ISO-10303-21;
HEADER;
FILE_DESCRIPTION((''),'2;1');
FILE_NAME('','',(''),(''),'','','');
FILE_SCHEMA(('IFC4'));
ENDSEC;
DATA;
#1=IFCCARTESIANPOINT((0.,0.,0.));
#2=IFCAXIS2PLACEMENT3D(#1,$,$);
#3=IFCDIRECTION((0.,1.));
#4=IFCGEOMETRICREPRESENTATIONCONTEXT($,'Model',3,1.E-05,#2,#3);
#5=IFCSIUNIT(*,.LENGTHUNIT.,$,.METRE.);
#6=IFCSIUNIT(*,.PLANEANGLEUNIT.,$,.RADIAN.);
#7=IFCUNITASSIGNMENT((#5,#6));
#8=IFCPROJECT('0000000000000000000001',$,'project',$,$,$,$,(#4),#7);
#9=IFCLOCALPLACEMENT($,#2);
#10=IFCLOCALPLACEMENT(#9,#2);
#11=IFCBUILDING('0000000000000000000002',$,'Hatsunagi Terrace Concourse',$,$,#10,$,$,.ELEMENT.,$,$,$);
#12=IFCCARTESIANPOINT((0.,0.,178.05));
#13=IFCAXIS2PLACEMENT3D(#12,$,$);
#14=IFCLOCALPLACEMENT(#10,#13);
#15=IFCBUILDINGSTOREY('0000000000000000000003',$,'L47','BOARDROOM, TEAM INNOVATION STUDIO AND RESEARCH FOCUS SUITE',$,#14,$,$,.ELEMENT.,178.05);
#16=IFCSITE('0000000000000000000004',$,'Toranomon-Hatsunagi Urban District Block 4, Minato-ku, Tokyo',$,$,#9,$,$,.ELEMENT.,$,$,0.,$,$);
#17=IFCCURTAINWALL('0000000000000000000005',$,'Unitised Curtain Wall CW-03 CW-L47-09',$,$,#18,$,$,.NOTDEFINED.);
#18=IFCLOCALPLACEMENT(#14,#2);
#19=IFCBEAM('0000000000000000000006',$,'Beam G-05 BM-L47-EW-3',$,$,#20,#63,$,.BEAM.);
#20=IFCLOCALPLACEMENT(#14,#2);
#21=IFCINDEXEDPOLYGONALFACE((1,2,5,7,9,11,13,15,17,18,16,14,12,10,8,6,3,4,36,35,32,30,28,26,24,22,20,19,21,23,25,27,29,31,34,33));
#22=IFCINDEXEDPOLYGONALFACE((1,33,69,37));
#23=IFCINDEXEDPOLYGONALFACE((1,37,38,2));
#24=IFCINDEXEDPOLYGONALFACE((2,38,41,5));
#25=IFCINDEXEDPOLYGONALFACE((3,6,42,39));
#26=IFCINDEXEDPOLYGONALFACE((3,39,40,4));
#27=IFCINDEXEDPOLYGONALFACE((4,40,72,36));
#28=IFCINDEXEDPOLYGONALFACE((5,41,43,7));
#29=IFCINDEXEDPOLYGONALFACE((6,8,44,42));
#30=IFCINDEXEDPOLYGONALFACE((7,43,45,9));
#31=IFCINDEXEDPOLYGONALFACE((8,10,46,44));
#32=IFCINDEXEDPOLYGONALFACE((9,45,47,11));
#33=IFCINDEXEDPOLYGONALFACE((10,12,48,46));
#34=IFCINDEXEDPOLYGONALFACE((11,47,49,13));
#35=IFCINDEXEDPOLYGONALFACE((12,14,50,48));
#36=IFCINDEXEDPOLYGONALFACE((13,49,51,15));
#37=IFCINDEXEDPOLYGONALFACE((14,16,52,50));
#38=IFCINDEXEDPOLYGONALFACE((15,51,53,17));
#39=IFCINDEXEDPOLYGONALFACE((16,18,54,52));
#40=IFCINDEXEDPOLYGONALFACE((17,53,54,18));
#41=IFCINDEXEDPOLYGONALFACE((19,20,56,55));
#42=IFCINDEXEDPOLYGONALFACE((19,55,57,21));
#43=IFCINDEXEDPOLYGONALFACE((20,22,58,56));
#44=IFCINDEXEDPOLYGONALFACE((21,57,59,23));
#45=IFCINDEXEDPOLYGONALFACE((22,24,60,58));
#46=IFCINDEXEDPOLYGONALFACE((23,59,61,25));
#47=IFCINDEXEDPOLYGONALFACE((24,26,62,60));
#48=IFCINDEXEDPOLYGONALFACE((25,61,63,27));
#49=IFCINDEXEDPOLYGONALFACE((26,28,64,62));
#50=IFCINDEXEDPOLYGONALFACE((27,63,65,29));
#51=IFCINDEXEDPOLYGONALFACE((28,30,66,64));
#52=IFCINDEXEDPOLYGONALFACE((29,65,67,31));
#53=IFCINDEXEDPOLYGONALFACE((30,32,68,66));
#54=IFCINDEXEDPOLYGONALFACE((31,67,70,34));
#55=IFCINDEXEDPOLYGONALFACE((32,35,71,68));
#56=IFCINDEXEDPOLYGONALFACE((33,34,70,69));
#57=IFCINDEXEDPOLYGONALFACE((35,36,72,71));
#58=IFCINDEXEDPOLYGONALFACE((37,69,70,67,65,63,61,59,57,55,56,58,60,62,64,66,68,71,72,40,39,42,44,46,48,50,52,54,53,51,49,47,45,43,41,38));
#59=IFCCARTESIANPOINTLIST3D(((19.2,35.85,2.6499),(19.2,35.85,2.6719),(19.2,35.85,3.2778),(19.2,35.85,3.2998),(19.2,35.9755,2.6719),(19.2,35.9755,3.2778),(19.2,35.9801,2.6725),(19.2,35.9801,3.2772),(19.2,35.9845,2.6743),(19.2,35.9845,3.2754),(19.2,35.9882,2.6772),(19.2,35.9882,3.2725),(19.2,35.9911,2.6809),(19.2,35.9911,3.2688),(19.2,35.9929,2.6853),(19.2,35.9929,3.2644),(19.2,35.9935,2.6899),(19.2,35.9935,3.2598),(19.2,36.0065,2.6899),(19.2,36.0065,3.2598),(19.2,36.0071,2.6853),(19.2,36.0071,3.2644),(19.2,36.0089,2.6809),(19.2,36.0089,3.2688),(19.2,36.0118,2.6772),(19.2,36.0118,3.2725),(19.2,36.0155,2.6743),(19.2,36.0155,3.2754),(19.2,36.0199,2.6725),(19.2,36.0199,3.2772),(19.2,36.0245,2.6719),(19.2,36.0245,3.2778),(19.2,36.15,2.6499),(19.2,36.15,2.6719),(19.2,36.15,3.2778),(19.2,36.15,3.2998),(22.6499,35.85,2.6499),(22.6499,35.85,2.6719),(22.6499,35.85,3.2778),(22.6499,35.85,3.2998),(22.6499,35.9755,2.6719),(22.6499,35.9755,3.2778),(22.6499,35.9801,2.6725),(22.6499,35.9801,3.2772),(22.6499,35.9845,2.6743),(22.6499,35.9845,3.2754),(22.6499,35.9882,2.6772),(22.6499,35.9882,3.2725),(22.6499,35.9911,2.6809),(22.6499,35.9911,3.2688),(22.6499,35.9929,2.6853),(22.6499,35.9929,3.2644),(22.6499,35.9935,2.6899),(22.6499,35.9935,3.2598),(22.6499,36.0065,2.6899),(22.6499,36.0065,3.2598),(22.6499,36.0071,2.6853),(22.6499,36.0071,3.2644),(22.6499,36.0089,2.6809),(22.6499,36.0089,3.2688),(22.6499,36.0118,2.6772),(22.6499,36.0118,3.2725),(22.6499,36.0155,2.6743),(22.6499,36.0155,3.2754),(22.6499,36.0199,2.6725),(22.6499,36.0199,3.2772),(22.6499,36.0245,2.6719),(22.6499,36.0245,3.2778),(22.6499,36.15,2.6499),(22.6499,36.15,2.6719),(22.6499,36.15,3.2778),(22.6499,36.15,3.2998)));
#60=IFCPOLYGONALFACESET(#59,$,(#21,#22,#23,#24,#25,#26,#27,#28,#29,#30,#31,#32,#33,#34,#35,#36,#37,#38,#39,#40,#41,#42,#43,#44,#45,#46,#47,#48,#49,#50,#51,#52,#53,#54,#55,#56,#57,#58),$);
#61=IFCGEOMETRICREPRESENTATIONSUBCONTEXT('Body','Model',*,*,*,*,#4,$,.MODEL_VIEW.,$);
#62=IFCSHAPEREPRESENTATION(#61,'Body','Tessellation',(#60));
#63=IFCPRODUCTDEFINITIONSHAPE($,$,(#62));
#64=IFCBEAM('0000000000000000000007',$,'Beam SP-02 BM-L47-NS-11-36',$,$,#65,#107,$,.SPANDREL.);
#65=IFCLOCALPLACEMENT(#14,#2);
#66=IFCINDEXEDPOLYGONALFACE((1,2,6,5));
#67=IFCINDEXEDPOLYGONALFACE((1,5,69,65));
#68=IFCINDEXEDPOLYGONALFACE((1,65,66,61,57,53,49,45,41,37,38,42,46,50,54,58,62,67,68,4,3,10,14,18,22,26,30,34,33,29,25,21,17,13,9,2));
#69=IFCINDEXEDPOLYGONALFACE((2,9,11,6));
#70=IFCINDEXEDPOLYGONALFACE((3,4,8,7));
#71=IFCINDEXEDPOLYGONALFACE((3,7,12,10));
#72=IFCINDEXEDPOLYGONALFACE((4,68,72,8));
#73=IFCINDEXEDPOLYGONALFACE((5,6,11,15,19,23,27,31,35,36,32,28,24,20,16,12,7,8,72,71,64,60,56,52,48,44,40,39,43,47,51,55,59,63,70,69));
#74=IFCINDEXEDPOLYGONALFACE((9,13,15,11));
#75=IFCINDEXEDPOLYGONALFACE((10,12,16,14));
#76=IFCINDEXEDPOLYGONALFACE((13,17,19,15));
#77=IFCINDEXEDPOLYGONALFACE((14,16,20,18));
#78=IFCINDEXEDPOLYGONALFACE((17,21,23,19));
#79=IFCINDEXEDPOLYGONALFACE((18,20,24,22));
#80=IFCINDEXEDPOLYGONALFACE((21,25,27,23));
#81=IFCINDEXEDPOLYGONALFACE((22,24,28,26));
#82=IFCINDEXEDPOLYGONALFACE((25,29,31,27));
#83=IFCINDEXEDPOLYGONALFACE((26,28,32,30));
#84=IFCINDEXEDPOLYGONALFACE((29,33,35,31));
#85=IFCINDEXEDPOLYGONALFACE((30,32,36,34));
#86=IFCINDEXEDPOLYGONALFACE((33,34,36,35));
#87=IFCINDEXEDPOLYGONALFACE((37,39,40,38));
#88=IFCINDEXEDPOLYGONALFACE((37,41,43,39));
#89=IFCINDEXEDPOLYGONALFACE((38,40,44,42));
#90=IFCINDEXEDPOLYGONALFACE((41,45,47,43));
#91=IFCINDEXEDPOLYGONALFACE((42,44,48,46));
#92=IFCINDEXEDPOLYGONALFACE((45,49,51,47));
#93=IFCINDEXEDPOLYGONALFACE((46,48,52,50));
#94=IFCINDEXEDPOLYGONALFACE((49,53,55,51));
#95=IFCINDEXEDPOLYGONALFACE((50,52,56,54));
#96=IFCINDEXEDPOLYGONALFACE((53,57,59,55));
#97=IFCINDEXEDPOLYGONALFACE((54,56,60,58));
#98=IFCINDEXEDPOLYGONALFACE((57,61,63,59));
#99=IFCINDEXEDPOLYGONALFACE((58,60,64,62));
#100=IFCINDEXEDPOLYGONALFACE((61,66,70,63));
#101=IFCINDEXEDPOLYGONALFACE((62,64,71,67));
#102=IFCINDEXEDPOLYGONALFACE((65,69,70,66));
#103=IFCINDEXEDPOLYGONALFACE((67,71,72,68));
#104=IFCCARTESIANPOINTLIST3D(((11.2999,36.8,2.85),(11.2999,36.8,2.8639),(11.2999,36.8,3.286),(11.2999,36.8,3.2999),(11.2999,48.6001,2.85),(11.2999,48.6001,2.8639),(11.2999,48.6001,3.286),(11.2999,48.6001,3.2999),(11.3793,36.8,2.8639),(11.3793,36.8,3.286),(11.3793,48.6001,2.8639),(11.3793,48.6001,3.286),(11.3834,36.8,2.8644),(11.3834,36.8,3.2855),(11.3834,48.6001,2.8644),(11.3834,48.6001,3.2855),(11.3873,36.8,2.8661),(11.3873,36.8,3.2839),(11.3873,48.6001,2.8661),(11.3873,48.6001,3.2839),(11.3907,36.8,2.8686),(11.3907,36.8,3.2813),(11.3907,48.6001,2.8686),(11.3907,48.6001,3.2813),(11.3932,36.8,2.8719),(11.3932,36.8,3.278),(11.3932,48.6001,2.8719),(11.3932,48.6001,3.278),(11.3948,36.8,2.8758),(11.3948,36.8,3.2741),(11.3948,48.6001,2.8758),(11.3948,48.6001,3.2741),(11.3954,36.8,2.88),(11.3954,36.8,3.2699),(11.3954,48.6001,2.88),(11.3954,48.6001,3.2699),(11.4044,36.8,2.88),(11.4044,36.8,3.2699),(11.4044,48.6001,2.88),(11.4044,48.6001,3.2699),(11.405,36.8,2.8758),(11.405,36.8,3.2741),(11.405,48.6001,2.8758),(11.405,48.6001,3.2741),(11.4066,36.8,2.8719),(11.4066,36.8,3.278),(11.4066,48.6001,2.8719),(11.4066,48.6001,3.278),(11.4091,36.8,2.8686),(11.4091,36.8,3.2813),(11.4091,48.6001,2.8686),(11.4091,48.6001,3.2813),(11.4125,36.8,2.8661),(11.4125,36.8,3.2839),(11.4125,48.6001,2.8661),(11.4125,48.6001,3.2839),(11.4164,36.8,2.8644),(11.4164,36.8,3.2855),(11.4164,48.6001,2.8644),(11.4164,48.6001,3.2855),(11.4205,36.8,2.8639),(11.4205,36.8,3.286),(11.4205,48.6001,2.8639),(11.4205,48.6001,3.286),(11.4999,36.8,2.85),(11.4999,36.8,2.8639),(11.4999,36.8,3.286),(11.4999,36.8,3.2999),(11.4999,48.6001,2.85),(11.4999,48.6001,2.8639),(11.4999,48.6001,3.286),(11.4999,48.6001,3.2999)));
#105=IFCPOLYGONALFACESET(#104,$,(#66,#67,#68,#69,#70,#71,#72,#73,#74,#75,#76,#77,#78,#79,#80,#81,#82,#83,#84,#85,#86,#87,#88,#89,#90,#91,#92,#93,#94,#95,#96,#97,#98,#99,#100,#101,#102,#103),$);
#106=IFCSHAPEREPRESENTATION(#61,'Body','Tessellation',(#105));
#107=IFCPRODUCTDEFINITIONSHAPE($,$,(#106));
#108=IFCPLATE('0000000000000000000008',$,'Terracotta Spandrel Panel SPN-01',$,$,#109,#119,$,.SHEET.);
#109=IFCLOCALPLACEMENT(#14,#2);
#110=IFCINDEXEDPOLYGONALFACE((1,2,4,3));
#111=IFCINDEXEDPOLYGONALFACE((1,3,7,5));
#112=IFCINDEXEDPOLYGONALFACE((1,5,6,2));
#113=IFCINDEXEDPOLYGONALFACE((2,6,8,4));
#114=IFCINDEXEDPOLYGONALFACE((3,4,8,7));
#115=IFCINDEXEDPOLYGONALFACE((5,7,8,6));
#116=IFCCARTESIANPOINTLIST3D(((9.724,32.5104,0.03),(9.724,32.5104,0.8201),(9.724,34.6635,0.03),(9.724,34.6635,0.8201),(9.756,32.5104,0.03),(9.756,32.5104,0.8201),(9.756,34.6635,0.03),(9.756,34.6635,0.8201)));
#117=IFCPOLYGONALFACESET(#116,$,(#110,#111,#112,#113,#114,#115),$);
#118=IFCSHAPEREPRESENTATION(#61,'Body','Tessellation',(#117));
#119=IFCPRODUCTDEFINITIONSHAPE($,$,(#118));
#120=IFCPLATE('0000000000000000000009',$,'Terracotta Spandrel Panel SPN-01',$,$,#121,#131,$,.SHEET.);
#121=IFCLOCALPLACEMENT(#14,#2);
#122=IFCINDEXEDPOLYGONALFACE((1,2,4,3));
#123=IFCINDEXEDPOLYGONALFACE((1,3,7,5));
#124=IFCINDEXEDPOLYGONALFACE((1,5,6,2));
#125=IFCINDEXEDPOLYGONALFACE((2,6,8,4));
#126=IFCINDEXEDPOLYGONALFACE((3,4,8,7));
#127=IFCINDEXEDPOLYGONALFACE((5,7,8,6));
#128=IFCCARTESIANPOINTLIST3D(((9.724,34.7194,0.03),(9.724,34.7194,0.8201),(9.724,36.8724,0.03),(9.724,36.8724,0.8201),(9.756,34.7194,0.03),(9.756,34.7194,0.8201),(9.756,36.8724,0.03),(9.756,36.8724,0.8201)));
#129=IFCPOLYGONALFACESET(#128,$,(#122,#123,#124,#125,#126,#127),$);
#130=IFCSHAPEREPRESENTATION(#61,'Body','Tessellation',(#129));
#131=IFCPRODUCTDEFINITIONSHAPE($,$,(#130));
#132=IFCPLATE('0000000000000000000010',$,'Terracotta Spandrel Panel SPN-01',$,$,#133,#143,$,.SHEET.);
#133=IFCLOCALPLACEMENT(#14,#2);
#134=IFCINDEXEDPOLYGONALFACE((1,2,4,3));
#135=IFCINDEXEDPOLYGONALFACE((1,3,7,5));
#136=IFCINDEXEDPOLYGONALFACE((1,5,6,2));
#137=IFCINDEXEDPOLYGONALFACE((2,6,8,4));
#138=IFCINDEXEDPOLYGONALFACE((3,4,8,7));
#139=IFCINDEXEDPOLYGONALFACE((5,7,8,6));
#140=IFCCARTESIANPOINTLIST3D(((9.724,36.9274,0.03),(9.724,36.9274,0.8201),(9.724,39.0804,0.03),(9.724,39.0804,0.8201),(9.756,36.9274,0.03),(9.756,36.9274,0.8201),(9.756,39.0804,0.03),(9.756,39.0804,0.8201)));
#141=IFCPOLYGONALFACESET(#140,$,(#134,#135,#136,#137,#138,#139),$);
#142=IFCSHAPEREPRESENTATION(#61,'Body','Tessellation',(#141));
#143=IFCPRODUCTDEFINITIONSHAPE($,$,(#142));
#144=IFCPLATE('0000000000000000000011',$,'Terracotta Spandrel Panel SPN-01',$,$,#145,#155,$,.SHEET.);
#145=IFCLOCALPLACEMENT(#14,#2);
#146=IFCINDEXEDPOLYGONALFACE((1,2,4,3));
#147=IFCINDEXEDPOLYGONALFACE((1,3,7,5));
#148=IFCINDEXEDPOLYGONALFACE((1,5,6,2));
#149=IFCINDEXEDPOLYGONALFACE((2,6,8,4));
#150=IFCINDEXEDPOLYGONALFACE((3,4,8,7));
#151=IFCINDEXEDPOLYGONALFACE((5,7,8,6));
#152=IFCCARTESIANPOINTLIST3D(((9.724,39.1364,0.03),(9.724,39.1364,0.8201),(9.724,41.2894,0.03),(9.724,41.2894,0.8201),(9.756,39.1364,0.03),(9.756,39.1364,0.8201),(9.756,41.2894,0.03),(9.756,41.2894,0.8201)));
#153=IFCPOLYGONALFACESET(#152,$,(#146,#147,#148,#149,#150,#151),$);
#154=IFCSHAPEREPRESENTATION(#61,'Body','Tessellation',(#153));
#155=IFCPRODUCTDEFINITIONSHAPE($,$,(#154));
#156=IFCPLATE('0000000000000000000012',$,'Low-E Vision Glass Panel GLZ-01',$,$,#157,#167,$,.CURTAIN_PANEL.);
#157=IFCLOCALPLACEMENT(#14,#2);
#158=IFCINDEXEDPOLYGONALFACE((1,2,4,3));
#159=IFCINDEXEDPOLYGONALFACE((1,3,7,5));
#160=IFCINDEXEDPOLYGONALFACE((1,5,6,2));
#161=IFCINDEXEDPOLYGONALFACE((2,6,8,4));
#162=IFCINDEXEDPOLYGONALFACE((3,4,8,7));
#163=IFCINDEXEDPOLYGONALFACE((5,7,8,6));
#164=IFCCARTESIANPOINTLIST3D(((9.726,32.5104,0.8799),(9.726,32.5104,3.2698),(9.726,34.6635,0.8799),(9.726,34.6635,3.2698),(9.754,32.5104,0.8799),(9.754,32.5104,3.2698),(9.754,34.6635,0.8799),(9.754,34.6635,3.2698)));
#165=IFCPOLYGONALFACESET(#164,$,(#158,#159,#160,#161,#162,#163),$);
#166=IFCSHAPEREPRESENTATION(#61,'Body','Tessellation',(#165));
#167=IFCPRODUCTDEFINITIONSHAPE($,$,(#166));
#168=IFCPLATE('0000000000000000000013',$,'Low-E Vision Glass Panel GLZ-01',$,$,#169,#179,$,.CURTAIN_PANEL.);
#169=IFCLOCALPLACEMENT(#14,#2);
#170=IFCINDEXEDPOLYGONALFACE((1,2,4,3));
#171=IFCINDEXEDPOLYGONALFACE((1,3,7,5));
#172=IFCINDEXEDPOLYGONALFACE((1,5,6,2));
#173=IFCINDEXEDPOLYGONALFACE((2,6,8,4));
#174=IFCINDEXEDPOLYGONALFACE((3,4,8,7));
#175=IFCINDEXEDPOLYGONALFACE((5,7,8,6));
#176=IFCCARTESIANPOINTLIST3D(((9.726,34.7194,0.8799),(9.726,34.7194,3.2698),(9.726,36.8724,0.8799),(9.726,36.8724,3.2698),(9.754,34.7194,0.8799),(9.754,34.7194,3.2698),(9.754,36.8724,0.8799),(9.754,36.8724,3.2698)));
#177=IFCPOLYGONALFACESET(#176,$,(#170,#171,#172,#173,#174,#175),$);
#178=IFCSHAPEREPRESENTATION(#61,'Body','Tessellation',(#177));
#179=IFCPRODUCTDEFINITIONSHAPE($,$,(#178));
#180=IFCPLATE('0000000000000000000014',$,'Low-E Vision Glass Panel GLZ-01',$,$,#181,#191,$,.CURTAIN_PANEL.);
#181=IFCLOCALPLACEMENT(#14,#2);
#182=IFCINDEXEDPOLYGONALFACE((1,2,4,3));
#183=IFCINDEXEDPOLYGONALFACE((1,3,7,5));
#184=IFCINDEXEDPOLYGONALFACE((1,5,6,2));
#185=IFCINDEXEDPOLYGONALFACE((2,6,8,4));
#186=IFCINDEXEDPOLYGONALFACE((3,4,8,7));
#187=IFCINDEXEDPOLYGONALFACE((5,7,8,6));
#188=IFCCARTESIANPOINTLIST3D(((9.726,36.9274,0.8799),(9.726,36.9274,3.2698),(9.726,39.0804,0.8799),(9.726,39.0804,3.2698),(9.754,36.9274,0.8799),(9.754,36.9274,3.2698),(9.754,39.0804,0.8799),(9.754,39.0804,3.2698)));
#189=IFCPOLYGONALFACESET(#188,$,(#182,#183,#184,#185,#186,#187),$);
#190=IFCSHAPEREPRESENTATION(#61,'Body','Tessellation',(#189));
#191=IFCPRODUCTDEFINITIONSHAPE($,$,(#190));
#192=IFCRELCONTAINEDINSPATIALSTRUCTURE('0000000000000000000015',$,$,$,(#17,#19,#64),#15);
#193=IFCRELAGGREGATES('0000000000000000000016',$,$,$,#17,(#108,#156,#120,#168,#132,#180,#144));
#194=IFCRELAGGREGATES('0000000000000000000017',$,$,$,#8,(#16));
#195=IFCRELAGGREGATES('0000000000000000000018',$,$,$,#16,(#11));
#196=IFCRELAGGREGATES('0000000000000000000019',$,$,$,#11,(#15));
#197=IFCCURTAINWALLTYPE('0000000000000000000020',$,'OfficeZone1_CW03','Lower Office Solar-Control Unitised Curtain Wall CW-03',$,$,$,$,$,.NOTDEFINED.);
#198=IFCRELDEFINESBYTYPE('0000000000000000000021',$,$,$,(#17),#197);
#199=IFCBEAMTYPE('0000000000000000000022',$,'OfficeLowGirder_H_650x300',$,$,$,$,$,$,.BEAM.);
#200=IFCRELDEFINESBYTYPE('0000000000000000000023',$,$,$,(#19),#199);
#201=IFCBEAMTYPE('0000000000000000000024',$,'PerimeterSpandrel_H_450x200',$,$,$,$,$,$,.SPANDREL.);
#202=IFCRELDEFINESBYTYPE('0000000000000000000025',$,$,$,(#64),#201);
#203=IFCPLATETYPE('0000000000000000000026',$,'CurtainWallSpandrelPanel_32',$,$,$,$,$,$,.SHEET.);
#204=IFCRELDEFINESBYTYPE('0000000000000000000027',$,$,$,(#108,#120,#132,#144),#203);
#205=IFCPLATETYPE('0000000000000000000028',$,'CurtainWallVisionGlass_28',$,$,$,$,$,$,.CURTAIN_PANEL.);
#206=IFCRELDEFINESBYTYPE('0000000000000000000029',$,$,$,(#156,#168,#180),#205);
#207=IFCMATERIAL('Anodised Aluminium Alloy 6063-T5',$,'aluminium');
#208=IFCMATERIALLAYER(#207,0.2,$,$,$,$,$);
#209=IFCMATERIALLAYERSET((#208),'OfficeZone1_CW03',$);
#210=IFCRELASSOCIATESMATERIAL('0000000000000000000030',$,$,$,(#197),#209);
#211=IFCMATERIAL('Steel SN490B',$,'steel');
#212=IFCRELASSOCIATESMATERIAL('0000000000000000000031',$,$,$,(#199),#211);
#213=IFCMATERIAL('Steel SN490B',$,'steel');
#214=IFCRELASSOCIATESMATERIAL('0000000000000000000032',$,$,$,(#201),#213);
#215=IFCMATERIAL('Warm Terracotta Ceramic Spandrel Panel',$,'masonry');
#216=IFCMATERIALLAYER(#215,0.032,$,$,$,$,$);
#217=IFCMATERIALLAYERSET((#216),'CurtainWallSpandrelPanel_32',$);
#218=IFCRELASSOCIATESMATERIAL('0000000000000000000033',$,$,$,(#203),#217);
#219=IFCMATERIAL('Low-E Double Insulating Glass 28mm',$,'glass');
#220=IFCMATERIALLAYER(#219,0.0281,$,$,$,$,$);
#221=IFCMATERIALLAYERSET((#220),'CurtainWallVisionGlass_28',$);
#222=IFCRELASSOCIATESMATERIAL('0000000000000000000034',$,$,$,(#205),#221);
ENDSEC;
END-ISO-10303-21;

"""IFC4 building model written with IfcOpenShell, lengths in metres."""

from ifc_helpers import new_model, si_unit, direction, frame, origin, origin_2d, place, context, subcontext, project, spatial, rectangle, i_section, extrude, material, layer, layer_set, material_profile, profile_set, type_object, element, aggregate, save


model = new_model("IFC4")

# Units and contexts
model_context = context("Model", 3, precision=1e-05, world=origin(), true_north=direction((0.0, 1.0)))
body_context = subcontext(model_context, "Body", "Model", "MODEL_VIEW")
ifc_project = project(units=[si_unit("LENGTHUNIT", "METRE"), si_unit("PLANEANGLEUNIT", "RADIAN")], contexts=[model_context])

# Site, building, storey
site_placement = place(None, origin())
site = spatial("IfcSite", under=ifc_project, at=site_placement, Name="Toranomon-Hatsunagi Urban District Block 4, Minato-ku, Tokyo", CompositionType="ELEMENT", RefElevation=0.0)
building_placement = place(site_placement, origin())
building = spatial("IfcBuilding", under=site, at=building_placement, Name="Hatsunagi Terrace Concourse", CompositionType="ELEMENT")
storey_placement = place(building_placement, frame((0.0, 0.0, 178.05)))
storey = spatial("IfcBuildingStorey", under=building, at=storey_placement, Name="L47", Description="BOARDROOM, TEAM INNOVATION STUDIO AND RESEARCH FOCUS SUITE", CompositionType="ELEMENT", Elevation=178.05)

# Curtain wall
ifc_material_1 = material(Name="Anodised Aluminium Alloy 6063-T5", Category="aluminium")
ifc_layer_1 = layer(ifc_material_1, 0.2)
ifc_layer_set_1 = layer_set([ifc_layer_1], Name="OfficeZone1_CW03")
curtain_wall_type = type_object("IfcCurtainWallType", Name="OfficeZone1_CW03", Description="Lower Office Solar-Control Unitised Curtain Wall CW-03", PredefinedType="NOTDEFINED", material=ifc_layer_set_1)
curtain_wall_placement = place(storey_placement, origin())
curtain_wall = element("IfcCurtainWall", 1, at=curtain_wall_placement, inside=storey, type_object=curtain_wall_type, Name="Unitised Curtain Wall CW-03 CW-L47-09", PredefinedType="NOTDEFINED")

# Beams
ifc_material_2 = material(Name="Steel SN490B", Category="steel")
ifc_material_profile_1 = material_profile(ifc_material_2, i_section(OverallWidth=0.3, OverallDepth=0.6499, WebThickness=0.0129, FlangeThickness=0.022, FilletRadius=0.0181, at=origin_2d()), Name="H-650x300x13x22")
ifc_profile_set_1 = profile_set([ifc_material_profile_1], Name="Steel SN490B")
beam_type_1 = type_object("IfcBeamType", Name="OfficeLowGirder_H_650x300", PredefinedType="BEAM", material=ifc_profile_set_1)
beam_1_placement = place(storey_placement, frame((19.2, 36.0, 2.9749), z_axis=(1.0, 0.0, 0.0), x_axis=(0.0, 1.0, 0.0)))
element("IfcBeam", 2, at=beam_1_placement, inside=storey, type_object=beam_type_1, Name="Beam G-05 BM-L47-EW-3", PredefinedType="BEAM", context=body_context, shape_type="SweptSolid", body=[
    extrude(i_section(OverallWidth=0.3, OverallDepth=0.6499, WebThickness=0.0129, FlangeThickness=0.022, FilletRadius=0.0181, at=origin_2d()), origin(), (0.0, 0.0, 1.0), 3.45),
])
ifc_material_3 = material(Name="Steel SN490B", Category="steel")
ifc_material_profile_2 = material_profile(ifc_material_3, i_section(OverallWidth=0.2, OverallDepth=0.45, WebThickness=0.009, FlangeThickness=0.0139, FilletRadius=0.0161, at=origin_2d()), Name="H-450x200x9x14")
ifc_profile_set_2 = profile_set([ifc_material_profile_2], Name="Steel SN490B")
beam_type_2 = type_object("IfcBeamType", Name="PerimeterSpandrel_H_450x200", PredefinedType="SPANDREL", material=ifc_profile_set_2)
beam_2_placement = place(storey_placement, frame((11.3999, 36.8, 3.075), z_axis=(0.0, 1.0, 0.0), x_axis=(-1.0, 0.0, 0.0)))
element("IfcBeam", 3, at=beam_2_placement, inside=storey, type_object=beam_type_2, Name="Beam SP-02 BM-L47-NS-11-36", PredefinedType="SPANDREL", context=body_context, shape_type="SweptSolid", body=[
    extrude(i_section(OverallWidth=0.2, OverallDepth=0.45, WebThickness=0.009, FlangeThickness=0.0139, FilletRadius=0.0161, at=origin_2d()), origin(), (0.0, 0.0, 1.0), 11.8),
])

# Plates
ifc_material_4 = material(Name="Warm Terracotta Ceramic Spandrel Panel", Category="masonry")
ifc_layer_2 = layer(ifc_material_4, 0.032)
ifc_layer_set_2 = layer_set([ifc_layer_2], Name="CurtainWallSpandrelPanel_32")
plate_type_1 = type_object("IfcPlateType", Name="CurtainWallSpandrelPanel_32", PredefinedType="SHEET", material=ifc_layer_set_2)
plate_1_placement = place(storey_placement, frame((9.74, 33.5869, 0.03), z_axis=(0.0, 0.0, 1.0), x_axis=(0.0, 1.0, 0.0)))
plate_1 = element("IfcPlate", 4, at=plate_1_placement, type_object=plate_type_1, Name="Terracotta Spandrel Panel SPN-01", PredefinedType="SHEET", context=body_context, shape_type="SweptSolid", body=[
    extrude(rectangle(XDim=2.1531, YDim=0.032, at=origin_2d()), origin(), (0.0, 0.0, 1.0), 0.79),
])
plate_2_placement = place(storey_placement, frame((9.74, 35.7959, 0.03), z_axis=(0.0, 0.0, 1.0), x_axis=(0.0, 1.0, 0.0)))
plate_2 = element("IfcPlate", 5, at=plate_2_placement, type_object=plate_type_1, Name="Terracotta Spandrel Panel SPN-01", PredefinedType="SHEET", context=body_context, shape_type="SweptSolid", body=[
    extrude(rectangle(XDim=2.1531, YDim=0.032, at=origin_2d()), origin(), (0.0, 0.0, 1.0), 0.79),
])
plate_3_placement = place(storey_placement, frame((9.74, 38.0039, 0.03), z_axis=(0.0, 0.0, 1.0), x_axis=(0.0, 1.0, 0.0)))
plate_3 = element("IfcPlate", 6, at=plate_3_placement, type_object=plate_type_1, Name="Terracotta Spandrel Panel SPN-01", PredefinedType="SHEET", context=body_context, shape_type="SweptSolid", body=[
    extrude(rectangle(XDim=2.1531, YDim=0.032, at=origin_2d()), origin(), (0.0, 0.0, 1.0), 0.79),
])
plate_4_placement = place(storey_placement, frame((9.74, 40.2129, 0.03), z_axis=(0.0, 0.0, 1.0), x_axis=(0.0, 1.0, 0.0)))
plate_4 = element("IfcPlate", 7, at=plate_4_placement, type_object=plate_type_1, Name="Terracotta Spandrel Panel SPN-01", PredefinedType="SHEET", context=body_context, shape_type="SweptSolid", body=[
    extrude(rectangle(XDim=2.1531, YDim=0.032, at=origin_2d()), origin(), (0.0, 0.0, 1.0), 0.79),
])
ifc_material_5 = material(Name="Low-E Double Insulating Glass 28mm", Category="glass")
ifc_layer_3 = layer(ifc_material_5, 0.0281)
ifc_layer_set_3 = layer_set([ifc_layer_3], Name="CurtainWallVisionGlass_28")
plate_type_2 = type_object("IfcPlateType", Name="CurtainWallVisionGlass_28", PredefinedType="CURTAIN_PANEL", material=ifc_layer_set_3)
plate_5_placement = place(storey_placement, frame((9.74, 33.5869, 0.8799), z_axis=(0.0, 0.0, 1.0), x_axis=(0.0, 1.0, 0.0)))
plate_5 = element("IfcPlate", 8, at=plate_5_placement, type_object=plate_type_2, Name="Low-E Vision Glass Panel GLZ-01", PredefinedType="CURTAIN_PANEL", context=body_context, shape_type="SweptSolid", body=[
    extrude(rectangle(XDim=2.1531, YDim=0.0281, at=origin_2d()), origin(), (0.0, 0.0, 1.0), 2.3899),
])
plate_6_placement = place(storey_placement, frame((9.74, 35.7959, 0.8799), z_axis=(0.0, 0.0, 1.0), x_axis=(0.0, 1.0, 0.0)))
plate_6 = element("IfcPlate", 9, at=plate_6_placement, type_object=plate_type_2, Name="Low-E Vision Glass Panel GLZ-01", PredefinedType="CURTAIN_PANEL", context=body_context, shape_type="SweptSolid", body=[
    extrude(rectangle(XDim=2.1531, YDim=0.0281, at=origin_2d()), origin(), (0.0, 0.0, 1.0), 2.3899),
])
plate_7_placement = place(storey_placement, frame((9.74, 38.0039, 0.8799), z_axis=(0.0, 0.0, 1.0), x_axis=(0.0, 1.0, 0.0)))
plate_7 = element("IfcPlate", 10, at=plate_7_placement, type_object=plate_type_2, Name="Low-E Vision Glass Panel GLZ-01", PredefinedType="CURTAIN_PANEL", context=body_context, shape_type="SweptSolid", body=[
    extrude(rectangle(XDim=2.1531, YDim=0.0281, at=origin_2d()), origin(), (0.0, 0.0, 1.0), 2.3899),
])
aggregate(curtain_wall, [plate_1, plate_5, plate_2, plate_6, plate_3, plate_7, plate_4])

save(model, "model.ifc")
